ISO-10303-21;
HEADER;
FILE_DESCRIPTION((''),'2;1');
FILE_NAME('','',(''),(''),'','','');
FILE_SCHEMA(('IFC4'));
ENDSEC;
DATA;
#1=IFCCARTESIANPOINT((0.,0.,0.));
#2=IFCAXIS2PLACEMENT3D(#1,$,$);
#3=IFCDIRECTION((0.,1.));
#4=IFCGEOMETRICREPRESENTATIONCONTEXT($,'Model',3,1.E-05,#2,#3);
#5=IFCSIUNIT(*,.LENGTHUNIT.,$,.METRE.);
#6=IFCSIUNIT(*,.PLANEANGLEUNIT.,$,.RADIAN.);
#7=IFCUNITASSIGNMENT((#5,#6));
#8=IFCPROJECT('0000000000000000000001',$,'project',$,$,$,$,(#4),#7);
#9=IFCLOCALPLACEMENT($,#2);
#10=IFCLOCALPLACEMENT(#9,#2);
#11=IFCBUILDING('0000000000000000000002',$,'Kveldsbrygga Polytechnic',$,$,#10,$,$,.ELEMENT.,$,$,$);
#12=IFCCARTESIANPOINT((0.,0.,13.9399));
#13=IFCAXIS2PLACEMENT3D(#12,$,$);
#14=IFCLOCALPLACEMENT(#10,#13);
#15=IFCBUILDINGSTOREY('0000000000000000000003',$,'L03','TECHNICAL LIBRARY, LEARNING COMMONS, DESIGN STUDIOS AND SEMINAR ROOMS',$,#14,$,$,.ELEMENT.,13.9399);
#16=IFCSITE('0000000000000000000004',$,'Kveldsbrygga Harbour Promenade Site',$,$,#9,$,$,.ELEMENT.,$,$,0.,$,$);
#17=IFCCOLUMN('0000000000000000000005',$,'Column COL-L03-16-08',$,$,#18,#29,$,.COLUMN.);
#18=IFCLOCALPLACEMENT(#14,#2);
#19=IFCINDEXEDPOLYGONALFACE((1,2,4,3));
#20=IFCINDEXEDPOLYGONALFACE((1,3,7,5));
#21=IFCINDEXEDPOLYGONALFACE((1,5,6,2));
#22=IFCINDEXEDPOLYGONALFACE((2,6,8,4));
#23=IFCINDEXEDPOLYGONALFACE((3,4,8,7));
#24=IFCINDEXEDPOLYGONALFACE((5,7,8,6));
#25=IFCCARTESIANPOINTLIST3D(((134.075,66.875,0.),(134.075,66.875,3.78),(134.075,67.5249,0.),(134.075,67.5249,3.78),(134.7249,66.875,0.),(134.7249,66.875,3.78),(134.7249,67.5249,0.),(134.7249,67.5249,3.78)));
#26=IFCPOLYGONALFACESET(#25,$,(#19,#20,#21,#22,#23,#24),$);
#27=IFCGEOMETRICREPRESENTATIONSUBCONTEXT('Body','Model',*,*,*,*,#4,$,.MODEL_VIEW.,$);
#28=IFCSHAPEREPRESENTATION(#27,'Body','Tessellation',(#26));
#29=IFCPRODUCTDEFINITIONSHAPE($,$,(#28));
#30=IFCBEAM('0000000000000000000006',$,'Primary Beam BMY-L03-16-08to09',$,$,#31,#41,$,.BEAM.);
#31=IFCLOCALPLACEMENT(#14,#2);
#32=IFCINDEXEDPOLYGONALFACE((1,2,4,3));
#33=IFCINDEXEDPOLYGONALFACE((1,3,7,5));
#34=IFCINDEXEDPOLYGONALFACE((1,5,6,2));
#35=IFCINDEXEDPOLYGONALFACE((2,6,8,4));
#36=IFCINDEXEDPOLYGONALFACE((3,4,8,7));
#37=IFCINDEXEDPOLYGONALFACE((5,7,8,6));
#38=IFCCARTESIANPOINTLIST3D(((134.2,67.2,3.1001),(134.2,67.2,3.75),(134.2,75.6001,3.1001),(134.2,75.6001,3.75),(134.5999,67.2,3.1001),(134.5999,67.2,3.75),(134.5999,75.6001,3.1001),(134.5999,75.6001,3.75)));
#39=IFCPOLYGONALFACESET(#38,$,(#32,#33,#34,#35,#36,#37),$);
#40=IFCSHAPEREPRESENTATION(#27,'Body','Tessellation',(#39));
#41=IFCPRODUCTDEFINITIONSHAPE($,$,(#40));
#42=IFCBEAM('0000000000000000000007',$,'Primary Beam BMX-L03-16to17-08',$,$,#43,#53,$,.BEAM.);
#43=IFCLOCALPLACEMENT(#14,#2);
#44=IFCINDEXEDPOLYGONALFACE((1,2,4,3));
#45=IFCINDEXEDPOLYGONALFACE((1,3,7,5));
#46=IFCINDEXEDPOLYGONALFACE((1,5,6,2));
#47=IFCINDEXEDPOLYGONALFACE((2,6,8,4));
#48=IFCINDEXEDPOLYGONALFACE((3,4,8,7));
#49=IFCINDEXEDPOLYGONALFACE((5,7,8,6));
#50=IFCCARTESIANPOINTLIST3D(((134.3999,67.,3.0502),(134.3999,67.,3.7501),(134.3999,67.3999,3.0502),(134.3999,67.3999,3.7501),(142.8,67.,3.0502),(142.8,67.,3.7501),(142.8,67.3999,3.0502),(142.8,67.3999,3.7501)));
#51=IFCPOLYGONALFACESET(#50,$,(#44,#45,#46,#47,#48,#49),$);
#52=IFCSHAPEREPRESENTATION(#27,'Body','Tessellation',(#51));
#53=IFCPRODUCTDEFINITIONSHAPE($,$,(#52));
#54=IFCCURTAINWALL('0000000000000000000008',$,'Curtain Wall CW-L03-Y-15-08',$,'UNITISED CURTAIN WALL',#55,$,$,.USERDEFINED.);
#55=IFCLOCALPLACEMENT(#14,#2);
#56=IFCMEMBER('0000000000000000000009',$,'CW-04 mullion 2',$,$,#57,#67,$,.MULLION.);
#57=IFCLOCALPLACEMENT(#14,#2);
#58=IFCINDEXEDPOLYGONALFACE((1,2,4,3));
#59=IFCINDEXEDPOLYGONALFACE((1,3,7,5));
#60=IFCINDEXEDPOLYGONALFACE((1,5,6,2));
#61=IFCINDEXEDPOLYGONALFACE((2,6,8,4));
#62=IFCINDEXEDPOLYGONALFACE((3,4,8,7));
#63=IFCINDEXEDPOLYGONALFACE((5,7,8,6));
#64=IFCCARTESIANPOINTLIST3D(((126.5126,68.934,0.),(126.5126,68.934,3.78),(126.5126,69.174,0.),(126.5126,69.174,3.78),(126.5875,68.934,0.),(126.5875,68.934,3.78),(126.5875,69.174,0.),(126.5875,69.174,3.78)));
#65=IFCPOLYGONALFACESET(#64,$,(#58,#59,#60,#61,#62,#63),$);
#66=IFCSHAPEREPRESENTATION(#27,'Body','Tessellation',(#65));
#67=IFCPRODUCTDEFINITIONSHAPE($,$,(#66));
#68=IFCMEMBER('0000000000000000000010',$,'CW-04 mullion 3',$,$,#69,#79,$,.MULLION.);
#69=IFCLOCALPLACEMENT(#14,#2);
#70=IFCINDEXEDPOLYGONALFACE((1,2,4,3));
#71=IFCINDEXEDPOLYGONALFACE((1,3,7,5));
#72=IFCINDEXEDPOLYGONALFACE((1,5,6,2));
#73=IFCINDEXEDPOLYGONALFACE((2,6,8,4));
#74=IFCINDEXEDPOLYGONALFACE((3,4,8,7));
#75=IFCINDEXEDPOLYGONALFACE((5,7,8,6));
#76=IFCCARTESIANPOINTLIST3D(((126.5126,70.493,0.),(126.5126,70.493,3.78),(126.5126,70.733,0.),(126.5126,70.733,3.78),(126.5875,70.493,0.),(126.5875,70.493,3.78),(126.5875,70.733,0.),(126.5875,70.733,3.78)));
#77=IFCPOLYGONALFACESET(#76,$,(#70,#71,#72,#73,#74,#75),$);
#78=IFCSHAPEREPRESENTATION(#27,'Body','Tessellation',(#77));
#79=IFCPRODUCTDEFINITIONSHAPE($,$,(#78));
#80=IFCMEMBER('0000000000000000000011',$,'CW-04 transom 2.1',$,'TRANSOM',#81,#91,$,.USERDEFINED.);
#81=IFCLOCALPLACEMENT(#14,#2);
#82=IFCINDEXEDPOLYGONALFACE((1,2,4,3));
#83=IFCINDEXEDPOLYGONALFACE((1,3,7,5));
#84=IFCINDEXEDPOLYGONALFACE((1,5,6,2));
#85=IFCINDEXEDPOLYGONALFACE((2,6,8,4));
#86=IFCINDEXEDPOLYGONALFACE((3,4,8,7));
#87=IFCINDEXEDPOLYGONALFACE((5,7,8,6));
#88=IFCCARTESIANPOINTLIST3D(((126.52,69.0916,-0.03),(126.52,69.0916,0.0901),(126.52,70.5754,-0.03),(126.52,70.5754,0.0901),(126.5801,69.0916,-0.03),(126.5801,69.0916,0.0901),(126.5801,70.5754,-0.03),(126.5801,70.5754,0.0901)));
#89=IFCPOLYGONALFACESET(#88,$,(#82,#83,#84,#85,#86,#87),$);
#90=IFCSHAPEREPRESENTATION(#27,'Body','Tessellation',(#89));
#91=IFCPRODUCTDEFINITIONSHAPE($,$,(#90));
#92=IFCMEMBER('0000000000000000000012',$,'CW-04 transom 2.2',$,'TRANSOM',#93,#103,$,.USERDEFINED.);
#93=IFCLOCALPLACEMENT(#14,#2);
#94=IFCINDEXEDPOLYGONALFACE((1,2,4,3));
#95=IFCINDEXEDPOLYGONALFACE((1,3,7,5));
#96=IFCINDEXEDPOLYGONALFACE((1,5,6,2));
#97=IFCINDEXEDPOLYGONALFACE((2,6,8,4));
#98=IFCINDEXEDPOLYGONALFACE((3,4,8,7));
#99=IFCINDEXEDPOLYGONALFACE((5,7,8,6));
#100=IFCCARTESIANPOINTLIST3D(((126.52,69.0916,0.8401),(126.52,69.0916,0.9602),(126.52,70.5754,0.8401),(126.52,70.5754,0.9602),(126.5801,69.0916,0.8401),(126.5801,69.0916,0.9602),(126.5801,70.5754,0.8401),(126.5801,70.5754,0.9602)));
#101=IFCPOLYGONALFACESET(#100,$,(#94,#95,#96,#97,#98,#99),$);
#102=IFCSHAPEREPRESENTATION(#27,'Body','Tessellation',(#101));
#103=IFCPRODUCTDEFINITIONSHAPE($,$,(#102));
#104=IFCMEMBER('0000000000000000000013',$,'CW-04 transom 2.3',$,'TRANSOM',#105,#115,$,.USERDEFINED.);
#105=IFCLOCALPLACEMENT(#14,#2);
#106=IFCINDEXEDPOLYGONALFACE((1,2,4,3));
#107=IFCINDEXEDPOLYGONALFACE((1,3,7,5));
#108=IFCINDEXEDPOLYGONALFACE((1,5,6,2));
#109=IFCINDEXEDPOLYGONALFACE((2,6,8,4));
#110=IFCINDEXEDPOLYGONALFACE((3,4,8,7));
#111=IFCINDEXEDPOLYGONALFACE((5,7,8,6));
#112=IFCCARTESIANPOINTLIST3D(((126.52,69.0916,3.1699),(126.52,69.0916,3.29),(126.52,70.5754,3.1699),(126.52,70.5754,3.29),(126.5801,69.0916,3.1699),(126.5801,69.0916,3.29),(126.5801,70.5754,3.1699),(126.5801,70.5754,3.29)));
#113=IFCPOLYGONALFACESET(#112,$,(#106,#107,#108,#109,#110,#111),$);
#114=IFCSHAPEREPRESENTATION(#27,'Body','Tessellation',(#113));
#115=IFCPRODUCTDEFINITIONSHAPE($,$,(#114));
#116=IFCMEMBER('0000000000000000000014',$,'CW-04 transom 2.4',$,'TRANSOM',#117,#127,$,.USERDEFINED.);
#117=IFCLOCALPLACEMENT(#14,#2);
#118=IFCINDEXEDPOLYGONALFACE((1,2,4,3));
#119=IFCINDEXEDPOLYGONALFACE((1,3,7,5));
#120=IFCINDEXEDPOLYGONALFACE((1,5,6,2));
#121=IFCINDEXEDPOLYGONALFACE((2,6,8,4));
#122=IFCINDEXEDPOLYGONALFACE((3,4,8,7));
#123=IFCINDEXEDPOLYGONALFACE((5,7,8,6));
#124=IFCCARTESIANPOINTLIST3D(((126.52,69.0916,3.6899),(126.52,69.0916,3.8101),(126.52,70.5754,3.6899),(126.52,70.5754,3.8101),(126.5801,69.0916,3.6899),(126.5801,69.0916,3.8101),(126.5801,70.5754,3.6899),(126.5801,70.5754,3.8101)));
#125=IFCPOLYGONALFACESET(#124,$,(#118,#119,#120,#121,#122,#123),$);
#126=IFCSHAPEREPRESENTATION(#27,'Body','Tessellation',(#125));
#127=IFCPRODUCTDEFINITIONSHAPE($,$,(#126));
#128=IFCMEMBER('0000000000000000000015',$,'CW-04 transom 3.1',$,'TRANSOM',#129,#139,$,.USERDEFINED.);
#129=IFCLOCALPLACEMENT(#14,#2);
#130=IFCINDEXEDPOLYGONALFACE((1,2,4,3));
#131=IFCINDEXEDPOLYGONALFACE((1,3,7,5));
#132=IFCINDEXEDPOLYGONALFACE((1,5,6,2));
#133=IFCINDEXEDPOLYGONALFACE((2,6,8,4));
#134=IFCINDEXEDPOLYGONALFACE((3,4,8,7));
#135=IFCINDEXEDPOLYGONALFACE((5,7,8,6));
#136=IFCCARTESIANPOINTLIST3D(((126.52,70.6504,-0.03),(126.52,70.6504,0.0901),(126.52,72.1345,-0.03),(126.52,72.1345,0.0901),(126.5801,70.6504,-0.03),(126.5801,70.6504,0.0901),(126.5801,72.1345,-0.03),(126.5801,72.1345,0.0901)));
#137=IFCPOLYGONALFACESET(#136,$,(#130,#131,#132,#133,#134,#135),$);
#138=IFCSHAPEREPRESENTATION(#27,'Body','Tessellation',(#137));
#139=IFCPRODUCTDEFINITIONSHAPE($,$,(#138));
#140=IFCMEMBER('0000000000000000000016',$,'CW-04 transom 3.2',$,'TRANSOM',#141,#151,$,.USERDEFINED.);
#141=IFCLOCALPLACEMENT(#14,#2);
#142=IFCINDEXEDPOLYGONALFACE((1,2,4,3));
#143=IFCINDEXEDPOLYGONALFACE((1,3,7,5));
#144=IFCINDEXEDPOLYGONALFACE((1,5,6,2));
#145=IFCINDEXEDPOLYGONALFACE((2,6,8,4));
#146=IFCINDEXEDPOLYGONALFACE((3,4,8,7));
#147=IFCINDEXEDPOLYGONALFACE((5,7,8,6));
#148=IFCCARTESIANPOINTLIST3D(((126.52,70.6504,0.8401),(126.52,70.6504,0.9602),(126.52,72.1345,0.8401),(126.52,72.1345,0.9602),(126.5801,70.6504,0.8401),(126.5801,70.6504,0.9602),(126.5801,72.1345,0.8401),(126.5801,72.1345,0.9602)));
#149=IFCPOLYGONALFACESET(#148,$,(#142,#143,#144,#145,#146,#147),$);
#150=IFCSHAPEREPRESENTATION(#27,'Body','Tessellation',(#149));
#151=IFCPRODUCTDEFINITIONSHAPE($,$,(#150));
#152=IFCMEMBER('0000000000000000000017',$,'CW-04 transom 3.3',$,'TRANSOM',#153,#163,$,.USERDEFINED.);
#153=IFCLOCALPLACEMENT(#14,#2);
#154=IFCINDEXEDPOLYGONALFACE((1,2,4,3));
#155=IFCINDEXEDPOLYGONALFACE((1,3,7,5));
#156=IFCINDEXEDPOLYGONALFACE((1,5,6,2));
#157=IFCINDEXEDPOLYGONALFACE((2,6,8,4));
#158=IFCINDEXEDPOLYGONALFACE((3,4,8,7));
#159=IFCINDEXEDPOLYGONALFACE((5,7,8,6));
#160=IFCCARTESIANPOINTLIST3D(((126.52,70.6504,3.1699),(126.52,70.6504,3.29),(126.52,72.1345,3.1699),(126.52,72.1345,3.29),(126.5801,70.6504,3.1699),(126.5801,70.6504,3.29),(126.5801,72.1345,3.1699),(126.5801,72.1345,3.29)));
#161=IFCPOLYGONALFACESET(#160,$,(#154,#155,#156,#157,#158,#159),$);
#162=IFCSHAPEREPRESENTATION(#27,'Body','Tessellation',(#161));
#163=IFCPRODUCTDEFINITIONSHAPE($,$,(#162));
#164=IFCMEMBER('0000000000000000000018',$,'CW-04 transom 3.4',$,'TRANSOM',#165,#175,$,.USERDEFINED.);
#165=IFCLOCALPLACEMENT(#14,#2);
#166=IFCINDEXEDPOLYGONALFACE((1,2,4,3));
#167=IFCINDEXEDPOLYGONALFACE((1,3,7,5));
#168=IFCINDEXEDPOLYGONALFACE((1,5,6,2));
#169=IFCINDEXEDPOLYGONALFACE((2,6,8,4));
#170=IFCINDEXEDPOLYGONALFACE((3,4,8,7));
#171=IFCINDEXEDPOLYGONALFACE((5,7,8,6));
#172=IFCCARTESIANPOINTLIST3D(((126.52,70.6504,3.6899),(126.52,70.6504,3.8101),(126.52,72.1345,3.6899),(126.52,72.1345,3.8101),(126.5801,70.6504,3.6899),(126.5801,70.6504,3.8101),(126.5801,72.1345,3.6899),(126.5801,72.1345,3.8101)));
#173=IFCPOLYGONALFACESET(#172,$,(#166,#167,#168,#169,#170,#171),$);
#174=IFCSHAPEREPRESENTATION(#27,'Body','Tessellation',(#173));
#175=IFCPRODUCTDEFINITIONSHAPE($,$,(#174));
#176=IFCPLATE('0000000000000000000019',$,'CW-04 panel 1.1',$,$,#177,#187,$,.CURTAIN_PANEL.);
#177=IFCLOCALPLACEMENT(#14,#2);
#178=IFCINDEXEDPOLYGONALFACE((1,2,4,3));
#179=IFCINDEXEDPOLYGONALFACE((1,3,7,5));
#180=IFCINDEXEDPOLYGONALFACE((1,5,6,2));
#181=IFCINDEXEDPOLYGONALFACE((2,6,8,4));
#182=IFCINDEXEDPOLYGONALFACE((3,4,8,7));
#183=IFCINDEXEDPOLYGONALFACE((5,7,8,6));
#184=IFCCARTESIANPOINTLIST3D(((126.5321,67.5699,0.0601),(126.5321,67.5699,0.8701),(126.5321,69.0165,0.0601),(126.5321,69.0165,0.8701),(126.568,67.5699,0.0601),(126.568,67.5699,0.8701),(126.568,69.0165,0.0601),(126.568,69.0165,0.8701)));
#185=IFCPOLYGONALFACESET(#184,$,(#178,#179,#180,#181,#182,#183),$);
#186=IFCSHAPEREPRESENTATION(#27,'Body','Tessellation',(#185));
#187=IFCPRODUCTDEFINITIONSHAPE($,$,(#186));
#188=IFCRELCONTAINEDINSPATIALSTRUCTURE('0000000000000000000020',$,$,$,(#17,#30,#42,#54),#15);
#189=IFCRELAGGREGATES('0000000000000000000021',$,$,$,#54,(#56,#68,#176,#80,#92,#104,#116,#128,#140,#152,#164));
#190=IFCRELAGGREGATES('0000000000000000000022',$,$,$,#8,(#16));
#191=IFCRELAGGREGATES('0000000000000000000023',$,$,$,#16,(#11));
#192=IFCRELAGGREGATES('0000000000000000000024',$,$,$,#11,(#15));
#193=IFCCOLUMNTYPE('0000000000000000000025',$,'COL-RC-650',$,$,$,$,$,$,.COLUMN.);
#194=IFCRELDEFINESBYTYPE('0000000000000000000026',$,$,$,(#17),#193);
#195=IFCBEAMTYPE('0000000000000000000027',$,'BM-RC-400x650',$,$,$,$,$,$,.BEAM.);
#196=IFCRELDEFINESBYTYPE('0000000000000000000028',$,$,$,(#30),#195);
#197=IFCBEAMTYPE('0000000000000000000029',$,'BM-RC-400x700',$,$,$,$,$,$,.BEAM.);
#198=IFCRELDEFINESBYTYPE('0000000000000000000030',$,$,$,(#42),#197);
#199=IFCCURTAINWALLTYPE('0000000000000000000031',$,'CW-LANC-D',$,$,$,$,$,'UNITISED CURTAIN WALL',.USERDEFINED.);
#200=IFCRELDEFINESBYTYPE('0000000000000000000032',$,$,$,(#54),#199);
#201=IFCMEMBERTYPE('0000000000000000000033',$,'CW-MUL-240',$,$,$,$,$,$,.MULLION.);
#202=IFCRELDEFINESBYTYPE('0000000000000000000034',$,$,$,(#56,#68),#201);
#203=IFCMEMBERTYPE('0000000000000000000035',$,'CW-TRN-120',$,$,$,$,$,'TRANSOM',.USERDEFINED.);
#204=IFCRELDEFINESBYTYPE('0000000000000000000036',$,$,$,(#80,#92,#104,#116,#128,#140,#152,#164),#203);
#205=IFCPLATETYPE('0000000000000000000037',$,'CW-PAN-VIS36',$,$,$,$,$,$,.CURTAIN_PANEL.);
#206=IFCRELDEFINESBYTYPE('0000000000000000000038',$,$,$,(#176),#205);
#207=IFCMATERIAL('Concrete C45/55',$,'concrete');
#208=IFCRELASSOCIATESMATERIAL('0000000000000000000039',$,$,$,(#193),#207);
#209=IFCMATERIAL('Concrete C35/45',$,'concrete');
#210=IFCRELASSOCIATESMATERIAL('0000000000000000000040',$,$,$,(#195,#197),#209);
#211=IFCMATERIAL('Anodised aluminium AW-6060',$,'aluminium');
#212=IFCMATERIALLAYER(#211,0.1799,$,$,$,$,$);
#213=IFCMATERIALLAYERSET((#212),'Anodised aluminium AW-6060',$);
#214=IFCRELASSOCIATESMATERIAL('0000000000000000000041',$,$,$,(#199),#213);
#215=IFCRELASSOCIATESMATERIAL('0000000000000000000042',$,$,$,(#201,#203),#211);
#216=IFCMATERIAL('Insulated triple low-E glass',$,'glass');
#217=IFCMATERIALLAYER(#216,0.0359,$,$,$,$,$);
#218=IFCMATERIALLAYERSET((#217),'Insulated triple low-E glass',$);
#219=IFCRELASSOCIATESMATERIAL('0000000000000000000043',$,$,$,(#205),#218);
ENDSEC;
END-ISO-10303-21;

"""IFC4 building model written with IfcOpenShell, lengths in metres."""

from ifc_helpers import new_model, si_unit, direction, frame, origin, origin_2d, place, context, subcontext, project, spatial, rectangle, extrude, material, layer, layer_set, material_profile, profile_set, type_object, element, aggregate, save


model = new_model("IFC4")

# Units and contexts
model_context = context("Model", 3, precision=1e-05, world=origin(), true_north=direction((0.0, 1.0)))
body_context = subcontext(model_context, "Body", "Model", "MODEL_VIEW")
ifc_project = project(units=[si_unit("LENGTHUNIT", "METRE"), si_unit("PLANEANGLEUNIT", "RADIAN")], contexts=[model_context])

# Site, building, storey
site_placement = place(None, origin())
site = spatial("IfcSite", under=ifc_project, at=site_placement, Name="Kveldsbrygga Harbour Promenade Site", CompositionType="ELEMENT", RefElevation=0.0)
building_placement = place(site_placement, origin())
building = spatial("IfcBuilding", under=site, at=building_placement, Name="Kveldsbrygga Polytechnic", CompositionType="ELEMENT")
storey_placement = place(building_placement, frame((0.0, 0.0, 13.9399)))
storey = spatial("IfcBuildingStorey", under=building, at=storey_placement, Name="L03", Description="TECHNICAL LIBRARY, LEARNING COMMONS, DESIGN STUDIOS AND SEMINAR ROOMS", CompositionType="ELEMENT", Elevation=13.9399)

# Column
ifc_material_1 = material(Name="Concrete C45/55", Category="concrete")
ifc_material_profile_1 = material_profile(ifc_material_1, rectangle(XDim=0.6499, YDim=0.6499, at=origin_2d()), Name="RC 650x650")
ifc_profile_set_1 = profile_set([ifc_material_profile_1], Name="Concrete C45/55")
column_type = type_object("IfcColumnType", Name="COL-RC-650", PredefinedType="COLUMN", material=ifc_profile_set_1)
column_placement = place(storey_placement, frame((134.3999, 67.2, 0.0), z_axis=(0.0, 0.0, 1.0), x_axis=(1.0, 0.0, 0.0)))
element("IfcColumn", 1, at=column_placement, inside=storey, type_object=column_type, Name="Column COL-L03-16-08", PredefinedType="COLUMN", context=body_context, shape_type="SweptSolid", body=[
    extrude(rectangle(XDim=0.6499, YDim=0.6499, at=origin_2d()), origin(), (0.0, 0.0, 1.0), 3.78),
])

# Beams
ifc_material_2 = material(Name="Concrete C35/45", Category="concrete")
ifc_material_profile_2 = material_profile(ifc_material_2, rectangle(XDim=0.3999, YDim=0.6499, at=origin_2d()), Name="RC 400x650")
ifc_profile_set_2 = profile_set([ifc_material_profile_2], Name="Concrete C35/45")
beam_type_1 = type_object("IfcBeamType", Name="BM-RC-400x650", PredefinedType="BEAM", material=ifc_profile_set_2)
beam_1_placement = place(storey_placement, frame((134.3999, 67.2, 3.425), z_axis=(0.0, 1.0, 0.0), x_axis=(-1.0, 0.0, 0.0)))
element("IfcBeam", 2, at=beam_1_placement, inside=storey, type_object=beam_type_1, Name="Primary Beam BMY-L03-16-08to09", PredefinedType="BEAM", context=body_context, shape_type="SweptSolid", body=[
    extrude(rectangle(XDim=0.3999, YDim=0.6499, at=origin_2d()), origin(), (0.0, 0.0, 1.0), 8.4001),
])
ifc_material_profile_3 = material_profile(ifc_material_2, rectangle(XDim=0.3999, YDim=0.7, at=origin_2d()), Name="RC 400x700")
ifc_profile_set_3 = profile_set([ifc_material_profile_3], Name="Concrete C35/45")
beam_type_2 = type_object("IfcBeamType", Name="BM-RC-400x700", PredefinedType="BEAM", material=ifc_profile_set_3)
beam_2_placement = place(storey_placement, frame((134.3999, 67.2, 3.4001), z_axis=(1.0, 0.0, 0.0), x_axis=(0.0, 1.0, 0.0)))
element("IfcBeam", 3, at=beam_2_placement, inside=storey, type_object=beam_type_2, Name="Primary Beam BMX-L03-16to17-08", PredefinedType="BEAM", context=body_context, shape_type="SweptSolid", body=[
    extrude(rectangle(XDim=0.3999, YDim=0.7, at=origin_2d()), origin(), (0.0, 0.0, 1.0), 8.4001),
])

# Curtain wall, members, plate
ifc_material_3 = material(Name="Anodised aluminium AW-6060", Category="aluminium")
ifc_layer_1 = layer(ifc_material_3, 0.1799)
ifc_layer_set_1 = layer_set([ifc_layer_1], Name="Anodised aluminium AW-6060")
curtain_wall_type = type_object("IfcCurtainWallType", Name="CW-LANC-D", ElementType="UNITISED CURTAIN WALL", PredefinedType="USERDEFINED", material=ifc_layer_set_1)
curtain_wall_placement = place(storey_placement, origin())
curtain_wall = element("IfcCurtainWall", 4, at=curtain_wall_placement, inside=storey, type_object=curtain_wall_type, Name="Curtain Wall CW-L03-Y-15-08", ObjectType="UNITISED CURTAIN WALL", PredefinedType="USERDEFINED")
ifc_material_profile_4 = material_profile(ifc_material_3, rectangle(XDim=0.075, YDim=0.24, at=origin_2d()), Name="ALU 75x240")
ifc_profile_set_4 = profile_set([ifc_material_profile_4], Name="Anodised aluminium AW-6060")
member_type_1 = type_object("IfcMemberType", Name="CW-MUL-240", PredefinedType="MULLION", material=ifc_profile_set_4)
member_1_placement = place(storey_placement, frame((126.55, 69.054, 0.0), z_axis=(0.0, 0.0, 1.0), x_axis=(-1.0, 0.0, 0.0)))
member_1 = element("IfcMember", 5, at=member_1_placement, type_object=member_type_1, Name="CW-04 mullion 2", PredefinedType="MULLION", context=body_context, shape_type="SweptSolid", body=[
    extrude(rectangle(XDim=0.075, YDim=0.24, at=origin_2d()), origin(), (0.0, 0.0, 1.0), 3.78),
])
member_2_placement = place(storey_placement, frame((126.55, 70.613, 0.0), z_axis=(0.0, 0.0, 1.0), x_axis=(-1.0, 0.0, 0.0)))
member_2 = element("IfcMember", 6, at=member_2_placement, type_object=member_type_1, Name="CW-04 mullion 3", PredefinedType="MULLION", context=body_context, shape_type="SweptSolid", body=[
    extrude(rectangle(XDim=0.075, YDim=0.24, at=origin_2d()), origin(), (0.0, 0.0, 1.0), 3.78),
])
ifc_material_profile_5 = material_profile(ifc_material_3, rectangle(XDim=0.0601, YDim=0.1201, at=origin_2d()), Name="ALU 60x120")
ifc_profile_set_5 = profile_set([ifc_material_profile_5], Name="Anodised aluminium AW-6060")
member_type_2 = type_object("IfcMemberType", Name="CW-TRN-120", ElementType="TRANSOM", PredefinedType="USERDEFINED", material=ifc_profile_set_5)
member_3_placement = place(storey_placement, frame((126.55, 69.0916, 0.03), z_axis=(0.0, 1.0, 0.0), x_axis=(-1.0, 0.0, 0.0)))
member_3 = element("IfcMember", 7, at=member_3_placement, type_object=member_type_2, Name="CW-04 transom 2.1", ObjectType="TRANSOM", PredefinedType="USERDEFINED", context=body_context, shape_type="SweptSolid", body=[
    extrude(rectangle(XDim=0.0601, YDim=0.1201, at=origin_2d()), origin(), (0.0, 0.0, 1.0), 1.4839),
])
member_4_placement = place(storey_placement, frame((126.55, 69.0916, 0.9001), z_axis=(0.0, 1.0, 0.0), x_axis=(-1.0, 0.0, 0.0)))
member_4 = element("IfcMember", 8, at=member_4_placement, type_object=member_type_2, Name="CW-04 transom 2.2", ObjectType="TRANSOM", PredefinedType="USERDEFINED", context=body_context, shape_type="SweptSolid", body=[
    extrude(rectangle(XDim=0.0601, YDim=0.1201, at=origin_2d()), origin(), (0.0, 0.0, 1.0), 1.4839),
])
member_5_placement = place(storey_placement, frame((126.55, 69.0916, 3.23), z_axis=(0.0, 1.0, 0.0), x_axis=(-1.0, 0.0, 0.0)))
member_5 = element("IfcMember", 9, at=member_5_placement, type_object=member_type_2, Name="CW-04 transom 2.3", ObjectType="TRANSOM", PredefinedType="USERDEFINED", context=body_context, shape_type="SweptSolid", body=[
    extrude(rectangle(XDim=0.0601, YDim=0.1201, at=origin_2d()), origin(), (0.0, 0.0, 1.0), 1.4839),
])
member_6_placement = place(storey_placement, frame((126.55, 69.0916, 3.75), z_axis=(0.0, 1.0, 0.0), x_axis=(-1.0, 0.0, 0.0)))
member_6 = element("IfcMember", 10, at=member_6_placement, type_object=member_type_2, Name="CW-04 transom 2.4", ObjectType="TRANSOM", PredefinedType="USERDEFINED", context=body_context, shape_type="SweptSolid", body=[
    extrude(rectangle(XDim=0.0601, YDim=0.1201, at=origin_2d()), origin(), (0.0, 0.0, 1.0), 1.4839),
])
member_7_placement = place(storey_placement, frame((126.55, 70.6504, 0.03), z_axis=(0.0, 1.0, 0.0), x_axis=(-1.0, 0.0, 0.0)))
member_7 = element("IfcMember", 11, at=member_7_placement, type_object=member_type_2, Name="CW-04 transom 3.1", ObjectType="TRANSOM", PredefinedType="USERDEFINED", context=body_context, shape_type="SweptSolid", body=[
    extrude(rectangle(XDim=0.0601, YDim=0.1201, at=origin_2d()), origin(), (0.0, 0.0, 1.0), 1.4841),
])
member_8_placement = place(storey_placement, frame((126.55, 70.6504, 0.9001), z_axis=(0.0, 1.0, 0.0), x_axis=(-1.0, 0.0, 0.0)))
member_8 = element("IfcMember", 12, at=member_8_placement, type_object=member_type_2, Name="CW-04 transom 3.2", ObjectType="TRANSOM", PredefinedType="USERDEFINED", context=body_context, shape_type="SweptSolid", body=[
    extrude(rectangle(XDim=0.0601, YDim=0.1201, at=origin_2d()), origin(), (0.0, 0.0, 1.0), 1.4841),
])
member_9_placement = place(storey_placement, frame((126.55, 70.6504, 3.23), z_axis=(0.0, 1.0, 0.0), x_axis=(-1.0, 0.0, 0.0)))
member_9 = element("IfcMember", 13, at=member_9_placement, type_object=member_type_2, Name="CW-04 transom 3.3", ObjectType="TRANSOM", PredefinedType="USERDEFINED", context=body_context, shape_type="SweptSolid", body=[
    extrude(rectangle(XDim=0.0601, YDim=0.1201, at=origin_2d()), origin(), (0.0, 0.0, 1.0), 1.4841),
])
member_10_placement = place(storey_placement, frame((126.55, 70.6504, 3.75), z_axis=(0.0, 1.0, 0.0), x_axis=(-1.0, 0.0, 0.0)))
member_10 = element("IfcMember", 14, at=member_10_placement, type_object=member_type_2, Name="CW-04 transom 3.4", ObjectType="TRANSOM", PredefinedType="USERDEFINED", context=body_context, shape_type="SweptSolid", body=[
    extrude(rectangle(XDim=0.0601, YDim=0.1201, at=origin_2d()), origin(), (0.0, 0.0, 1.0), 1.4841),
])
ifc_material_4 = material(Name="Insulated triple low-E glass", Category="glass")
ifc_layer_2 = layer(ifc_material_4, 0.0359)
ifc_layer_set_2 = layer_set([ifc_layer_2], Name="Insulated triple low-E glass")
plate_type = type_object("IfcPlateType", Name="CW-PAN-VIS36", PredefinedType="CURTAIN_PANEL", material=ifc_layer_set_2)
plate_1_placement = place(storey_placement, frame((126.55, 68.2932, 0.0601), z_axis=(0.0, 0.0, 1.0), x_axis=(0.0, 1.0, 0.0)))
plate_1 = element("IfcPlate", 15, at=plate_1_placement, type_object=plate_type, Name="CW-04 panel 1.1", PredefinedType="CURTAIN_PANEL", context=body_context, shape_type="SweptSolid", body=[
    extrude(rectangle(XDim=1.4465, YDim=0.0359, at=origin_2d()), origin(), (0.0, 0.0, 1.0), 0.8101),
])
aggregate(curtain_wall, [member_1, member_2, plate_1, member_3, member_4, member_5, member_6, member_7, member_8, member_9, member_10])

save(model, "model.ifc")
